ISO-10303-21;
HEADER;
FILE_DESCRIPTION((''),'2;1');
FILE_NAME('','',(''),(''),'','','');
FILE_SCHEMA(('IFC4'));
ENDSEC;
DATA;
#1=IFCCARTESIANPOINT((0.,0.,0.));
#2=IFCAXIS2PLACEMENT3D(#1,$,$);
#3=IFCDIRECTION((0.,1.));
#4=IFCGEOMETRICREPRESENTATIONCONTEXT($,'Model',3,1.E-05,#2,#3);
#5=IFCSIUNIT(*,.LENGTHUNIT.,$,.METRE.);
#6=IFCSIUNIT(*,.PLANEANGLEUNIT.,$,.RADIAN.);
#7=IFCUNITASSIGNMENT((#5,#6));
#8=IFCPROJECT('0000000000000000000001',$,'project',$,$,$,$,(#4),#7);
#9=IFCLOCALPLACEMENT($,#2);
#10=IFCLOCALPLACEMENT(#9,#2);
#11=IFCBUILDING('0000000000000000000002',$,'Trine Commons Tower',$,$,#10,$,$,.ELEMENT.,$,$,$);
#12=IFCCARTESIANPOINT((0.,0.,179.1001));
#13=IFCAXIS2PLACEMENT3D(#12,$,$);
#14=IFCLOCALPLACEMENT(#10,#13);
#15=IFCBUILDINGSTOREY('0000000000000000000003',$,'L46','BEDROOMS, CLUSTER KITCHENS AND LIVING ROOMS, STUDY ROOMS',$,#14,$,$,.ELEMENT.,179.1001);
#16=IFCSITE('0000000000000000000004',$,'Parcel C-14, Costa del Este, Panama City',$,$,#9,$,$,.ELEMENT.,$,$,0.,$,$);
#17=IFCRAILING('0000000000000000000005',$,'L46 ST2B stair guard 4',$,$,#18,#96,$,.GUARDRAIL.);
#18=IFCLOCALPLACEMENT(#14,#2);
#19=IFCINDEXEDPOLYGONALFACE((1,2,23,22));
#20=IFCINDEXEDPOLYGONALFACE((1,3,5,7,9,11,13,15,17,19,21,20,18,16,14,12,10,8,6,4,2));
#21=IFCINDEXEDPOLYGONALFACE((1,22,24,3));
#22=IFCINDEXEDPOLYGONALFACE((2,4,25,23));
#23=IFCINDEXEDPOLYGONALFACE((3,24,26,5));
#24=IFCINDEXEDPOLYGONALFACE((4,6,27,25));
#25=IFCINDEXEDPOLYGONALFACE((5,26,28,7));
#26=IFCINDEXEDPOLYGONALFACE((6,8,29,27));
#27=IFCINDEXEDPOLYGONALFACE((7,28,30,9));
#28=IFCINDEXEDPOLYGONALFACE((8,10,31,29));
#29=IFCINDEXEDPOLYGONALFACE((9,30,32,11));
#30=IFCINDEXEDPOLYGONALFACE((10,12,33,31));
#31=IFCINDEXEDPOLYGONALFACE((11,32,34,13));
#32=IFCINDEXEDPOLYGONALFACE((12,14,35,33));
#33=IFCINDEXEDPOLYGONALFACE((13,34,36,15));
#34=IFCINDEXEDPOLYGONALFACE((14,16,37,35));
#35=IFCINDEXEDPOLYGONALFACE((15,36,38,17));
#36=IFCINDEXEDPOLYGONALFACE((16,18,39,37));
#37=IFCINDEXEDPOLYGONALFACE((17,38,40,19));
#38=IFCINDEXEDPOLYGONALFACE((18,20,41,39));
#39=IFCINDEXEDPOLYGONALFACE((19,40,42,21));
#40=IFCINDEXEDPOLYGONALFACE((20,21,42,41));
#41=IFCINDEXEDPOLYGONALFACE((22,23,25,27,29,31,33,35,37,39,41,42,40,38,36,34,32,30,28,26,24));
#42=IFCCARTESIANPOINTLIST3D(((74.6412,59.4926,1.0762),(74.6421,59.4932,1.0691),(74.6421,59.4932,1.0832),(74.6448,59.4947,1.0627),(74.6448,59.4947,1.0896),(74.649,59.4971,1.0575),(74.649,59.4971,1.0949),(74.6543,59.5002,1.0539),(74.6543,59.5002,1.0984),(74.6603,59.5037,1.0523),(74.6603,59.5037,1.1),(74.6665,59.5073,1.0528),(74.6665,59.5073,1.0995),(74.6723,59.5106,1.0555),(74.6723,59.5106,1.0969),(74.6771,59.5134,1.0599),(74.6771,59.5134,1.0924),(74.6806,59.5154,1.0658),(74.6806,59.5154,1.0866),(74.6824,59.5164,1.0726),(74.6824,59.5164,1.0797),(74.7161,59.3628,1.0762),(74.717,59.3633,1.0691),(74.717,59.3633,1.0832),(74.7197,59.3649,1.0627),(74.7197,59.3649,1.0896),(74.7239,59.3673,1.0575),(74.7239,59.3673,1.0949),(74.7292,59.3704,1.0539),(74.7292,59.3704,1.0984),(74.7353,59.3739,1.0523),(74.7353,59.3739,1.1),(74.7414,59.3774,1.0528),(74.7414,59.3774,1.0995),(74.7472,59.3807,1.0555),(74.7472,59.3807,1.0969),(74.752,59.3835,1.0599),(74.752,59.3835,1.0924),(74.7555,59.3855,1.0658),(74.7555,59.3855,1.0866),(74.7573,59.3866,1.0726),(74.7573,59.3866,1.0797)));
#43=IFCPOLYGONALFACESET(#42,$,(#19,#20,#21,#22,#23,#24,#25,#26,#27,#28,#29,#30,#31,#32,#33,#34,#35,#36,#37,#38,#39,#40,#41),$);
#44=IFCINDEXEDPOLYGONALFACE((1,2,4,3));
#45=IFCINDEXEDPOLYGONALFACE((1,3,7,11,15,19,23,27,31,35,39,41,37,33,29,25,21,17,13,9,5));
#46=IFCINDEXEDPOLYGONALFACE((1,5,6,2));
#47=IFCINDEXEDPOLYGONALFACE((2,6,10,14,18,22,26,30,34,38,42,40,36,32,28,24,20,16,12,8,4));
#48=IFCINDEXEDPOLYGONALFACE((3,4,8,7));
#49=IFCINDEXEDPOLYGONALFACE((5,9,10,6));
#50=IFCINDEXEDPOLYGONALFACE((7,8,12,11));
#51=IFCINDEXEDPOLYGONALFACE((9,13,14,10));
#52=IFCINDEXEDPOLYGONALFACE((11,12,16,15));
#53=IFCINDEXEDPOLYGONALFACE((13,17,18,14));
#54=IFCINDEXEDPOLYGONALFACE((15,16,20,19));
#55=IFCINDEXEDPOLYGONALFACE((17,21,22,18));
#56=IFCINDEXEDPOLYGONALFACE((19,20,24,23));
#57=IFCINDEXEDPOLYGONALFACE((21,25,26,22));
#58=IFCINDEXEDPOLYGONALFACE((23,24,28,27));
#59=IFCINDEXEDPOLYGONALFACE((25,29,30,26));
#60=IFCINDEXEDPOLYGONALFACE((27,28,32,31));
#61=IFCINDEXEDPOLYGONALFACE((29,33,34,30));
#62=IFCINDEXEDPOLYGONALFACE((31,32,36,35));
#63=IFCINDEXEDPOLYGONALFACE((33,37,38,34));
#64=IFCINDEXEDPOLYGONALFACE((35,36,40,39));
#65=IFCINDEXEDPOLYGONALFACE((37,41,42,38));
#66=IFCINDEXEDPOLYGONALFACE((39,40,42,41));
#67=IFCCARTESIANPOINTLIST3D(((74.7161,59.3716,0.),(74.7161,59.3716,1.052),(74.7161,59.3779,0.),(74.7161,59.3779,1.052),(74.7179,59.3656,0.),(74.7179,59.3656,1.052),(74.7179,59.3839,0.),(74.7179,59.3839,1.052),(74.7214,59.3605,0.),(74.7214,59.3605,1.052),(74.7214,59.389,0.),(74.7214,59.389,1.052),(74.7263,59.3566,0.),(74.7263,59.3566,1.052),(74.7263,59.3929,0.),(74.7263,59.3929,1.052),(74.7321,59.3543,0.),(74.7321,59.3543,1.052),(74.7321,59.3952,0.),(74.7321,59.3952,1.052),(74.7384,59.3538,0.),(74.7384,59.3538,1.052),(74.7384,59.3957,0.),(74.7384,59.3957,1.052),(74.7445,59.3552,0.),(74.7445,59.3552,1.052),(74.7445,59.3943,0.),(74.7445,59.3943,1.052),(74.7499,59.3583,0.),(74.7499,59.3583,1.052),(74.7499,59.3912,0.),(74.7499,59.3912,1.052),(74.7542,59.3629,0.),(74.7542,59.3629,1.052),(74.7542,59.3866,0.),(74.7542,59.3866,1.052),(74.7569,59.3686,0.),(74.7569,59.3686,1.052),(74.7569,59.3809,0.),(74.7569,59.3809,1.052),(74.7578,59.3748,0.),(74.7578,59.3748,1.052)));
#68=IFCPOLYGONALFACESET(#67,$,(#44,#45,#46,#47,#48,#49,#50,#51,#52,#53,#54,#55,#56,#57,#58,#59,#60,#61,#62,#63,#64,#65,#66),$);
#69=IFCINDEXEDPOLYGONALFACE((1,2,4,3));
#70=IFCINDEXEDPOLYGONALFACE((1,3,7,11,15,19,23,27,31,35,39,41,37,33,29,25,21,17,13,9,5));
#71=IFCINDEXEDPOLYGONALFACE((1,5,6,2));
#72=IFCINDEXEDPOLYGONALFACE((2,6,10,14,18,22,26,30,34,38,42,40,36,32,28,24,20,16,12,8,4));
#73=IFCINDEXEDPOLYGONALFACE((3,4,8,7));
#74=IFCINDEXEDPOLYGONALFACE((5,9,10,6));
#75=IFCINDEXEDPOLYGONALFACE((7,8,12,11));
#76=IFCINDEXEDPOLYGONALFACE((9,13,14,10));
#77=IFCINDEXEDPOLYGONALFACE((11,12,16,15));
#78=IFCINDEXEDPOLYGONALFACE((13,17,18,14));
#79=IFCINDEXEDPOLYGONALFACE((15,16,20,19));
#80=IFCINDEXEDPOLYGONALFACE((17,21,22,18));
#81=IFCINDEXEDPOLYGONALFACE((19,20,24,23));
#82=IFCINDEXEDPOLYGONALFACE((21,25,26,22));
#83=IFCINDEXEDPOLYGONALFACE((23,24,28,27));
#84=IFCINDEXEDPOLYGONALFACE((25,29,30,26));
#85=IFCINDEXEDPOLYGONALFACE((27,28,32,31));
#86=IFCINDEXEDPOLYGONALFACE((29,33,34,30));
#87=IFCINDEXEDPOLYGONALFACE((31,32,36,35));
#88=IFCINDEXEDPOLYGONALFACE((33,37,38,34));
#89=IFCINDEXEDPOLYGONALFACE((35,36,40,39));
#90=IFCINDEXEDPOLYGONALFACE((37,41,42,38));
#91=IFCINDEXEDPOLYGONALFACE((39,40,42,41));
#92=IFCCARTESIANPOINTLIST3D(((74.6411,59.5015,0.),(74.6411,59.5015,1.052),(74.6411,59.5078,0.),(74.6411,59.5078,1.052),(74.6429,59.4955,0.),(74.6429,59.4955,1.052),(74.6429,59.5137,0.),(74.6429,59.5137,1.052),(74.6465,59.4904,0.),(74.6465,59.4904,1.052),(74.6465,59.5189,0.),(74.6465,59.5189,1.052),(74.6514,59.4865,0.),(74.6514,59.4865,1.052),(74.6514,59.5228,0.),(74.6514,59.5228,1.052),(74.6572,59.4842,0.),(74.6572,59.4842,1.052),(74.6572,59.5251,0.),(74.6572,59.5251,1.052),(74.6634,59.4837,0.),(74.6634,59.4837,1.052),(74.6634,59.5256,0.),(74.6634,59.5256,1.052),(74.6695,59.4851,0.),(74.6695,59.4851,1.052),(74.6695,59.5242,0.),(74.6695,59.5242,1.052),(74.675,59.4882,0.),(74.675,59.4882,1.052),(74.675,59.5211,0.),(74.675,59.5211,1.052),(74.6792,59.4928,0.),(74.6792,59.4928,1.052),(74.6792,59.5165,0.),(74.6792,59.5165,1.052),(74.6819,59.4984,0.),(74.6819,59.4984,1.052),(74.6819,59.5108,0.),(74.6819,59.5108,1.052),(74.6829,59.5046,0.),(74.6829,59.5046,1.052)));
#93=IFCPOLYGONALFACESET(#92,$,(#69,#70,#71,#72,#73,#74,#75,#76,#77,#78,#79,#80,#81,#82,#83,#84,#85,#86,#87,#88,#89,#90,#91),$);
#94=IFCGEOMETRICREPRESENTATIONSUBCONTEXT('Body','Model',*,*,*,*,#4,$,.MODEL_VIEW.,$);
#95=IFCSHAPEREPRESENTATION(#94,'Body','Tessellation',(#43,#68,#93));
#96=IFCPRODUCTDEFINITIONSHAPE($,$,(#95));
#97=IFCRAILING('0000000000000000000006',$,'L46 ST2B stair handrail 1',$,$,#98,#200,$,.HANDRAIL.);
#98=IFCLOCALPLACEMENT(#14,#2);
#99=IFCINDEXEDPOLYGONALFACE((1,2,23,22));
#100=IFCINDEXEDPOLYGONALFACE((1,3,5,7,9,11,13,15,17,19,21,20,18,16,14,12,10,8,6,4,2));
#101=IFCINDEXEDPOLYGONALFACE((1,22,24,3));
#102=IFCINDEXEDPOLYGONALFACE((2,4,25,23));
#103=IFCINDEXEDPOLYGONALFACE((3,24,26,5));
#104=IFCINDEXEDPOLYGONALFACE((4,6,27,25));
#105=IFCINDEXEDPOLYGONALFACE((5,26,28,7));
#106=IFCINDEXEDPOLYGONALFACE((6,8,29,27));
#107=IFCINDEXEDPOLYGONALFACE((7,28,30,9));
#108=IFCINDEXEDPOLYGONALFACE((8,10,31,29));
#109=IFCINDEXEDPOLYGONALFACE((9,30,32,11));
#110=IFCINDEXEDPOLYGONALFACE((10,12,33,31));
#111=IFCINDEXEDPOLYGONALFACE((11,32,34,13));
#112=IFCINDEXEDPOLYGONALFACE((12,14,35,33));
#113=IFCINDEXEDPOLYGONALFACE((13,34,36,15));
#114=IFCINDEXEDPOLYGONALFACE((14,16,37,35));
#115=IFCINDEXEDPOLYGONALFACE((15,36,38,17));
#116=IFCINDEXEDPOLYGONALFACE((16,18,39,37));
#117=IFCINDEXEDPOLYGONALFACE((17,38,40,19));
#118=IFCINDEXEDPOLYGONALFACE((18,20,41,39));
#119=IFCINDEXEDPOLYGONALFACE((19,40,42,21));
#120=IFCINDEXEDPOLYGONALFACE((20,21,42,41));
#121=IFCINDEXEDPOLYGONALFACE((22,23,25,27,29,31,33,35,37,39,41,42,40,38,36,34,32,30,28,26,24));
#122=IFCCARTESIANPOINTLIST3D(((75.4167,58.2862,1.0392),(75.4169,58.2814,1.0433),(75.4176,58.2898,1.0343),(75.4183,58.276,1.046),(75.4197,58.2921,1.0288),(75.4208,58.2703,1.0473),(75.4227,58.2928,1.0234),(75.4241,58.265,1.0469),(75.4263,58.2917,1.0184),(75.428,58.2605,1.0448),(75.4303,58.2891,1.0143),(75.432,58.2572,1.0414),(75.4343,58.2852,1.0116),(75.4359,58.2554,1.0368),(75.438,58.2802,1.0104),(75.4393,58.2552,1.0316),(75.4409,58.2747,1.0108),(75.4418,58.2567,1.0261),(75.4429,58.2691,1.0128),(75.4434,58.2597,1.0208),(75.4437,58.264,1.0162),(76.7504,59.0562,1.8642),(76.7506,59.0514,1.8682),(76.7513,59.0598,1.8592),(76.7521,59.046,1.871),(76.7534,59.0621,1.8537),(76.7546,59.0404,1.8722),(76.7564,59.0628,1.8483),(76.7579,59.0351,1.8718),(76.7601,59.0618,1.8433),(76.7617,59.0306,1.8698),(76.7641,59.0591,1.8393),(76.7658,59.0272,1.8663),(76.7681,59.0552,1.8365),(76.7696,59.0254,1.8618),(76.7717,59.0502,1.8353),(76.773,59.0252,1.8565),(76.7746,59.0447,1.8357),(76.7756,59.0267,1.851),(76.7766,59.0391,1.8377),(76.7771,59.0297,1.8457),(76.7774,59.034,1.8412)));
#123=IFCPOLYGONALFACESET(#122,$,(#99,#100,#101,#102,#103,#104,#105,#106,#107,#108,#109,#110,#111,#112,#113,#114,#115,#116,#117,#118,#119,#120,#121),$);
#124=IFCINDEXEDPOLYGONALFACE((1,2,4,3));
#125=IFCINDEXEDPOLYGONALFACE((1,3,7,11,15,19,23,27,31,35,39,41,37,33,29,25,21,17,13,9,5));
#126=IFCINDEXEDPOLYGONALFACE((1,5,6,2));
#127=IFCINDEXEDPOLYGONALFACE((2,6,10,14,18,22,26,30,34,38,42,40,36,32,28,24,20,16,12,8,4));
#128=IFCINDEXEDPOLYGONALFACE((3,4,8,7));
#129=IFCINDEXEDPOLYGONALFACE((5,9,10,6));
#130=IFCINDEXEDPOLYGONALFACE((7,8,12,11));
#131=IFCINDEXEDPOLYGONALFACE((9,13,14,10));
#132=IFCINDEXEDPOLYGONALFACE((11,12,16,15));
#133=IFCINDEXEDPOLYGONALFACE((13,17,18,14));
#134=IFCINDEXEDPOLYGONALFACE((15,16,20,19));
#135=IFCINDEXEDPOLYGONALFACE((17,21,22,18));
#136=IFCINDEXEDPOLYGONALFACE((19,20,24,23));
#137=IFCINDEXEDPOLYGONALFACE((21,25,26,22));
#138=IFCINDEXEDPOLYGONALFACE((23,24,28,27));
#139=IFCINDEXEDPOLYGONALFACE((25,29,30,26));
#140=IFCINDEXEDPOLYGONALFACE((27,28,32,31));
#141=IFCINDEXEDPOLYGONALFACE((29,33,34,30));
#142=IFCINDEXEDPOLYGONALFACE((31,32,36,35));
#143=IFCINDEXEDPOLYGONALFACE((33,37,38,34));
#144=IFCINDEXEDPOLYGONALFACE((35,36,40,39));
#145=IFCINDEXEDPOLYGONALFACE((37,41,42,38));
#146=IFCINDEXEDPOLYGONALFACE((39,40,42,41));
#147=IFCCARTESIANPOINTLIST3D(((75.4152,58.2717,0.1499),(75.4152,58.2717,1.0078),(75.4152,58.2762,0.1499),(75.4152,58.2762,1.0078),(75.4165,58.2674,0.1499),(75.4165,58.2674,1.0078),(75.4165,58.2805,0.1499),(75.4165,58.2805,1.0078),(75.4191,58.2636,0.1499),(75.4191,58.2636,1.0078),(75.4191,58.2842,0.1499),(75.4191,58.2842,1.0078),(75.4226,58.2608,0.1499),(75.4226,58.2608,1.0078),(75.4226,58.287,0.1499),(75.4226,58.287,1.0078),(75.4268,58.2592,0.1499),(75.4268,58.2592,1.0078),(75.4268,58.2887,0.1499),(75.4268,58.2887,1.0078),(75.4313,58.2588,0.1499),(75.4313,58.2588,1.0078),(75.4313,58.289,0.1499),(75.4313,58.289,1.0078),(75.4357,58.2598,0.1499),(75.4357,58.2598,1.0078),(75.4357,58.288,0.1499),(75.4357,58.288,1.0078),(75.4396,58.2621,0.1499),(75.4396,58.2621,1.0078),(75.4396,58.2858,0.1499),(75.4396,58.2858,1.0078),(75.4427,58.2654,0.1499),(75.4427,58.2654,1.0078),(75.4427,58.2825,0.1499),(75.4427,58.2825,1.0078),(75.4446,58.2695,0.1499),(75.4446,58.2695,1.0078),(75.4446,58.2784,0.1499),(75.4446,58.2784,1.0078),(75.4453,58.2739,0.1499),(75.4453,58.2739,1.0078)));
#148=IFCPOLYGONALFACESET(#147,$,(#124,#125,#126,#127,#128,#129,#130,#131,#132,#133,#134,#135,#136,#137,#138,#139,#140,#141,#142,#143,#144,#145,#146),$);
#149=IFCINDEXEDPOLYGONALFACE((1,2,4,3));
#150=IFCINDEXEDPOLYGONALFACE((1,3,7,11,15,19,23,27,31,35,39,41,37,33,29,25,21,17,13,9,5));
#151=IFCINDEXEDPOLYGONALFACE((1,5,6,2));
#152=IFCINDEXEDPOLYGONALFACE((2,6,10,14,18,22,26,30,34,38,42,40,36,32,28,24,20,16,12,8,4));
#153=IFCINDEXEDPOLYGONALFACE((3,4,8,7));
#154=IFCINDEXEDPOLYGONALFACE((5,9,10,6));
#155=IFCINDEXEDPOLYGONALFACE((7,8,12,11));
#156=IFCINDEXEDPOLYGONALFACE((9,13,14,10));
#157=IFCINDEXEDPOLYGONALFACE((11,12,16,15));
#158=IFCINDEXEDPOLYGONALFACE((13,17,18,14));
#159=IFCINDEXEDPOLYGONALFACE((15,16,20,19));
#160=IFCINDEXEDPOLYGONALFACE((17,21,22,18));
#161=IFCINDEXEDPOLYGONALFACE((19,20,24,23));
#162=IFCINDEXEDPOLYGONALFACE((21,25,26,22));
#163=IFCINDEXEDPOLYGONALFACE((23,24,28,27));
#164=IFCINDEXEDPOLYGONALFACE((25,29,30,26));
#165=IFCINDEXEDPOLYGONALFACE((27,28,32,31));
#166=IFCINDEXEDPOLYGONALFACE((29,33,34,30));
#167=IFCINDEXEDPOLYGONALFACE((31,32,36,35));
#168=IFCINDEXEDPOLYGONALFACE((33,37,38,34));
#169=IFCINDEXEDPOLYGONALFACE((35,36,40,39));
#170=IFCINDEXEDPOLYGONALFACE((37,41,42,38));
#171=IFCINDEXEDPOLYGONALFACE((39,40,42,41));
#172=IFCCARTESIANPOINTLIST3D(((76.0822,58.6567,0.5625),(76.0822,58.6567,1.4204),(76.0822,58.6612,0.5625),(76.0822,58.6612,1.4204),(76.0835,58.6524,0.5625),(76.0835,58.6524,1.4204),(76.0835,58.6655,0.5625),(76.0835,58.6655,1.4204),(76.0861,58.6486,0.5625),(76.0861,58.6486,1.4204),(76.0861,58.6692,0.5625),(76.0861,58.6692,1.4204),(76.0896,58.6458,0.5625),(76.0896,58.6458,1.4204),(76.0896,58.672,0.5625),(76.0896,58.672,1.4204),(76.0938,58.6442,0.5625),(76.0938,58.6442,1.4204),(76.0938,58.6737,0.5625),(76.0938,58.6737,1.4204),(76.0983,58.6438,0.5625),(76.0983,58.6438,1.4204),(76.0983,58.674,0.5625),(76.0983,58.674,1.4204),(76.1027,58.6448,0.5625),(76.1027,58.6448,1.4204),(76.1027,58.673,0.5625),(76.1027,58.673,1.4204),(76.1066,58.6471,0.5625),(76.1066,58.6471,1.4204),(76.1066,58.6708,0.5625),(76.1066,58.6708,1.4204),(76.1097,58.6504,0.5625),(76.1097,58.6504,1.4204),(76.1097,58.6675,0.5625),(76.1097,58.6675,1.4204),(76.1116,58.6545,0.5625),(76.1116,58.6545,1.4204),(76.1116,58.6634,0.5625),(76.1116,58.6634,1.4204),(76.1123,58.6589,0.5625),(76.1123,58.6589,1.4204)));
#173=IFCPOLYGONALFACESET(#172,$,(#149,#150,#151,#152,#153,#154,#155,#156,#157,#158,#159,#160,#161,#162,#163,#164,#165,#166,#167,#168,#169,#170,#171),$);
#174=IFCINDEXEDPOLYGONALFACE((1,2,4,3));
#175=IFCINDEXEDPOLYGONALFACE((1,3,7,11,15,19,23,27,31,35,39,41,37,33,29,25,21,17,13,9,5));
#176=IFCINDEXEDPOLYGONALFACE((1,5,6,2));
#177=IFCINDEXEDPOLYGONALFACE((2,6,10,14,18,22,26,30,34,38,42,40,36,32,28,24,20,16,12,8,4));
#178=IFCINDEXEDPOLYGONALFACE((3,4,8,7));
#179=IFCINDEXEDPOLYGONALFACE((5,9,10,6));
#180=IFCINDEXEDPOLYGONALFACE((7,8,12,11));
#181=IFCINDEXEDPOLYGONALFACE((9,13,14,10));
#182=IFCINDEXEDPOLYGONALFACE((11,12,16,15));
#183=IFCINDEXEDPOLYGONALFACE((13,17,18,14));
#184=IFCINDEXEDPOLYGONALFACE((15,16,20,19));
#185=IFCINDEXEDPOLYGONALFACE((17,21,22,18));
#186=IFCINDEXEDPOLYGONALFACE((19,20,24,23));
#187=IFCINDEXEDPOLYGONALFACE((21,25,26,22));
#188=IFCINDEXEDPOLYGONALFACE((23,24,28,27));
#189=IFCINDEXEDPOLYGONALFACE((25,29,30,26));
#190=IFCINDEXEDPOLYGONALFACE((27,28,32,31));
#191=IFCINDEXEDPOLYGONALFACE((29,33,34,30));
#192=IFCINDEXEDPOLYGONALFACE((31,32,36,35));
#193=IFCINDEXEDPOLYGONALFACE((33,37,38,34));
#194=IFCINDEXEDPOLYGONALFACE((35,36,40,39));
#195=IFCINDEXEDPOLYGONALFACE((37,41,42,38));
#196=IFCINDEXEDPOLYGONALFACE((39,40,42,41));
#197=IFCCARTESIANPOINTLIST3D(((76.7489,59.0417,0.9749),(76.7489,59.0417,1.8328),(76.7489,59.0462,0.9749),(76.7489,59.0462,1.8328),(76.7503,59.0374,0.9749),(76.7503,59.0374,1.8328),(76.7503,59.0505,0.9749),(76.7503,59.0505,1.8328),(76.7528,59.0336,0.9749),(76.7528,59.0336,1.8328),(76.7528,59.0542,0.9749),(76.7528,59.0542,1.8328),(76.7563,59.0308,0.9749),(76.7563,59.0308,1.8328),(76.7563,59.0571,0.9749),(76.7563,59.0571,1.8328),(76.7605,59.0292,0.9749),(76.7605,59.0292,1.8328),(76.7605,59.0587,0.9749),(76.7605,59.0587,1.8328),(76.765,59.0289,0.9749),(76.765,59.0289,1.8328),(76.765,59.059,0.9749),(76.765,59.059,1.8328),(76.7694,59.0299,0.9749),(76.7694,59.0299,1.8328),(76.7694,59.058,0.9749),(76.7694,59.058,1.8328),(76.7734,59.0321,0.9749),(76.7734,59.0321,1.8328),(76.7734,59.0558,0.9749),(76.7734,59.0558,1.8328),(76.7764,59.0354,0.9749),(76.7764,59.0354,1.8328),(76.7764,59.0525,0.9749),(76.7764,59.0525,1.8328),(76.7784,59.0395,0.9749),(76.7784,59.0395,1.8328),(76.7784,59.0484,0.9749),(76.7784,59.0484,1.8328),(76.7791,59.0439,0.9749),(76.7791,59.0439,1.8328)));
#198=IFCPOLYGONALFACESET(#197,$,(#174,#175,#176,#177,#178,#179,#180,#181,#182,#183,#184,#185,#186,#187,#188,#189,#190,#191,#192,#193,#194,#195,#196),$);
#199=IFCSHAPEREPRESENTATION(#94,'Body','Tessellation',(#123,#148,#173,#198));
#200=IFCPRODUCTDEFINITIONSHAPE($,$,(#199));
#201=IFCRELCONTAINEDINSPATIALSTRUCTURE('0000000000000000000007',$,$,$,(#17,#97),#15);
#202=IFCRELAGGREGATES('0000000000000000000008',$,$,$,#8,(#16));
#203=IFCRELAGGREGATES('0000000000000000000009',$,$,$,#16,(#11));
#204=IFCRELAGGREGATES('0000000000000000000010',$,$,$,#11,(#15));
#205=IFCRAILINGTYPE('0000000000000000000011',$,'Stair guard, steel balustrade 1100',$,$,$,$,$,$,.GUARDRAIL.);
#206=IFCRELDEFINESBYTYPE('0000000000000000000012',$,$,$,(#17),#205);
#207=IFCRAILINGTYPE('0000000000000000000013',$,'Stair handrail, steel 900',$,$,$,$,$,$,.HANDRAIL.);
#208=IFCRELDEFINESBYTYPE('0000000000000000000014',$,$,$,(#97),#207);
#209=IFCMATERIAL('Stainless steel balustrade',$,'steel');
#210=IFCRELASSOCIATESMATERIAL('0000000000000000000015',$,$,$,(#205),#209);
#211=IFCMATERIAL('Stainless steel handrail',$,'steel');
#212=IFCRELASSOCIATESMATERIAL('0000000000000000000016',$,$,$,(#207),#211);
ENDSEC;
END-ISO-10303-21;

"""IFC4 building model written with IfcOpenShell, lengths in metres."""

from ifc_helpers import new_model, si_unit, direction, frame, origin, origin_2d, place, context, subcontext, project, spatial, circle, extrude, material, type_object, element, save


model = new_model("IFC4")

# Units and contexts
model_context = context("Model", 3, precision=1e-05, world=origin(), true_north=direction((0.0, 1.0)))
body_context = subcontext(model_context, "Body", "Model", "MODEL_VIEW")
ifc_project = project(units=[si_unit("LENGTHUNIT", "METRE"), si_unit("PLANEANGLEUNIT", "RADIAN")], contexts=[model_context])

# Site, building, storey
site_placement = place(None, origin())
site = spatial("IfcSite", under=ifc_project, at=site_placement, Name="Parcel C-14, Costa del Este, Panama City", CompositionType="ELEMENT", RefElevation=0.0)
building_placement = place(site_placement, origin())
building = spatial("IfcBuilding", under=site, at=building_placement, Name="Trine Commons Tower", CompositionType="ELEMENT")
storey_placement = place(building_placement, frame((0.0, 0.0, 179.1001)))
storey = spatial("IfcBuildingStorey", under=building, at=storey_placement, Name="L46", Description="BEDROOMS, CLUSTER KITCHENS AND LIVING ROOMS, STUDY ROOMS", CompositionType="ELEMENT", Elevation=179.1001)

# Railings
ifc_material_1 = material(Name="Stainless steel balustrade", Category="steel")
railing_type_1 = type_object("IfcRailingType", Name="Stair guard, steel balustrade 1100", PredefinedType="GUARDRAIL", material=ifc_material_1)
railing_1_placement = place(storey_placement, frame((74.7368, 59.3748, 0.0)))
element("IfcRailing", 1, at=railing_1_placement, inside=storey, type_object=railing_type_1, Name="L46 ST2B stair guard 4", PredefinedType="GUARDRAIL", context=body_context, shape_type="SweptSolid", body=[
    extrude(circle(Radius=0.0239, at=origin_2d()), frame((0.0, 0.0, 1.0762), z_axis=(-0.499816, 0.866131, 0.0), x_axis=(-0.866131, -0.499816, 0.0)), (0.0, 0.0, 1.0), 0.1499),
    extrude(circle(Radius=0.021, at=origin_2d()), origin(), (0.0, 0.0, 1.0), 1.052),
    extrude(circle(Radius=0.021, at=origin_2d()), frame((-0.075, 0.1299, 0.0)), (0.0, 0.0, 1.0), 1.052),
])
ifc_material_2 = material(Name="Stainless steel handrail", Category="steel")
railing_type_2 = type_object("IfcRailingType", Name="Stair handrail, steel 900", PredefinedType="HANDRAIL", material=ifc_material_2)
for number, where, name in (
    (2, (75.4302, 58.2739, 0.1499), "L46 ST2B stair handrail 1"),
):
    element("IfcRailing", number, at=place(storey_placement, frame(where)), inside=storey, type_object=railing_type_2, Name=name, PredefinedType="HANDRAIL", context=body_context, shape_type="SweptSolid", body=[
        extrude(circle(Radius=0.021, at=origin_2d()), frame((0.0, 0.0, 0.8789), z_axis=(0.763405, 0.440743, 0.472185), x_axis=(-0.499992, 0.86603, 0.0)), (0.0, 0.0, 1.0), 1.7471),
        extrude(circle(Radius=0.0151, at=origin_2d()), origin(), (0.0, 0.0, 1.0), 0.8579),
        extrude(circle(Radius=0.0151, at=origin_2d()), frame((0.667, 0.385, 0.4126)), (0.0, 0.0, 1.0), 0.8579),
        extrude(circle(Radius=0.0151, at=origin_2d()), frame((1.3337, 0.77, 0.825)), (0.0, 0.0, 1.0), 0.8579),
    ])

save(model, "model.ifc")
